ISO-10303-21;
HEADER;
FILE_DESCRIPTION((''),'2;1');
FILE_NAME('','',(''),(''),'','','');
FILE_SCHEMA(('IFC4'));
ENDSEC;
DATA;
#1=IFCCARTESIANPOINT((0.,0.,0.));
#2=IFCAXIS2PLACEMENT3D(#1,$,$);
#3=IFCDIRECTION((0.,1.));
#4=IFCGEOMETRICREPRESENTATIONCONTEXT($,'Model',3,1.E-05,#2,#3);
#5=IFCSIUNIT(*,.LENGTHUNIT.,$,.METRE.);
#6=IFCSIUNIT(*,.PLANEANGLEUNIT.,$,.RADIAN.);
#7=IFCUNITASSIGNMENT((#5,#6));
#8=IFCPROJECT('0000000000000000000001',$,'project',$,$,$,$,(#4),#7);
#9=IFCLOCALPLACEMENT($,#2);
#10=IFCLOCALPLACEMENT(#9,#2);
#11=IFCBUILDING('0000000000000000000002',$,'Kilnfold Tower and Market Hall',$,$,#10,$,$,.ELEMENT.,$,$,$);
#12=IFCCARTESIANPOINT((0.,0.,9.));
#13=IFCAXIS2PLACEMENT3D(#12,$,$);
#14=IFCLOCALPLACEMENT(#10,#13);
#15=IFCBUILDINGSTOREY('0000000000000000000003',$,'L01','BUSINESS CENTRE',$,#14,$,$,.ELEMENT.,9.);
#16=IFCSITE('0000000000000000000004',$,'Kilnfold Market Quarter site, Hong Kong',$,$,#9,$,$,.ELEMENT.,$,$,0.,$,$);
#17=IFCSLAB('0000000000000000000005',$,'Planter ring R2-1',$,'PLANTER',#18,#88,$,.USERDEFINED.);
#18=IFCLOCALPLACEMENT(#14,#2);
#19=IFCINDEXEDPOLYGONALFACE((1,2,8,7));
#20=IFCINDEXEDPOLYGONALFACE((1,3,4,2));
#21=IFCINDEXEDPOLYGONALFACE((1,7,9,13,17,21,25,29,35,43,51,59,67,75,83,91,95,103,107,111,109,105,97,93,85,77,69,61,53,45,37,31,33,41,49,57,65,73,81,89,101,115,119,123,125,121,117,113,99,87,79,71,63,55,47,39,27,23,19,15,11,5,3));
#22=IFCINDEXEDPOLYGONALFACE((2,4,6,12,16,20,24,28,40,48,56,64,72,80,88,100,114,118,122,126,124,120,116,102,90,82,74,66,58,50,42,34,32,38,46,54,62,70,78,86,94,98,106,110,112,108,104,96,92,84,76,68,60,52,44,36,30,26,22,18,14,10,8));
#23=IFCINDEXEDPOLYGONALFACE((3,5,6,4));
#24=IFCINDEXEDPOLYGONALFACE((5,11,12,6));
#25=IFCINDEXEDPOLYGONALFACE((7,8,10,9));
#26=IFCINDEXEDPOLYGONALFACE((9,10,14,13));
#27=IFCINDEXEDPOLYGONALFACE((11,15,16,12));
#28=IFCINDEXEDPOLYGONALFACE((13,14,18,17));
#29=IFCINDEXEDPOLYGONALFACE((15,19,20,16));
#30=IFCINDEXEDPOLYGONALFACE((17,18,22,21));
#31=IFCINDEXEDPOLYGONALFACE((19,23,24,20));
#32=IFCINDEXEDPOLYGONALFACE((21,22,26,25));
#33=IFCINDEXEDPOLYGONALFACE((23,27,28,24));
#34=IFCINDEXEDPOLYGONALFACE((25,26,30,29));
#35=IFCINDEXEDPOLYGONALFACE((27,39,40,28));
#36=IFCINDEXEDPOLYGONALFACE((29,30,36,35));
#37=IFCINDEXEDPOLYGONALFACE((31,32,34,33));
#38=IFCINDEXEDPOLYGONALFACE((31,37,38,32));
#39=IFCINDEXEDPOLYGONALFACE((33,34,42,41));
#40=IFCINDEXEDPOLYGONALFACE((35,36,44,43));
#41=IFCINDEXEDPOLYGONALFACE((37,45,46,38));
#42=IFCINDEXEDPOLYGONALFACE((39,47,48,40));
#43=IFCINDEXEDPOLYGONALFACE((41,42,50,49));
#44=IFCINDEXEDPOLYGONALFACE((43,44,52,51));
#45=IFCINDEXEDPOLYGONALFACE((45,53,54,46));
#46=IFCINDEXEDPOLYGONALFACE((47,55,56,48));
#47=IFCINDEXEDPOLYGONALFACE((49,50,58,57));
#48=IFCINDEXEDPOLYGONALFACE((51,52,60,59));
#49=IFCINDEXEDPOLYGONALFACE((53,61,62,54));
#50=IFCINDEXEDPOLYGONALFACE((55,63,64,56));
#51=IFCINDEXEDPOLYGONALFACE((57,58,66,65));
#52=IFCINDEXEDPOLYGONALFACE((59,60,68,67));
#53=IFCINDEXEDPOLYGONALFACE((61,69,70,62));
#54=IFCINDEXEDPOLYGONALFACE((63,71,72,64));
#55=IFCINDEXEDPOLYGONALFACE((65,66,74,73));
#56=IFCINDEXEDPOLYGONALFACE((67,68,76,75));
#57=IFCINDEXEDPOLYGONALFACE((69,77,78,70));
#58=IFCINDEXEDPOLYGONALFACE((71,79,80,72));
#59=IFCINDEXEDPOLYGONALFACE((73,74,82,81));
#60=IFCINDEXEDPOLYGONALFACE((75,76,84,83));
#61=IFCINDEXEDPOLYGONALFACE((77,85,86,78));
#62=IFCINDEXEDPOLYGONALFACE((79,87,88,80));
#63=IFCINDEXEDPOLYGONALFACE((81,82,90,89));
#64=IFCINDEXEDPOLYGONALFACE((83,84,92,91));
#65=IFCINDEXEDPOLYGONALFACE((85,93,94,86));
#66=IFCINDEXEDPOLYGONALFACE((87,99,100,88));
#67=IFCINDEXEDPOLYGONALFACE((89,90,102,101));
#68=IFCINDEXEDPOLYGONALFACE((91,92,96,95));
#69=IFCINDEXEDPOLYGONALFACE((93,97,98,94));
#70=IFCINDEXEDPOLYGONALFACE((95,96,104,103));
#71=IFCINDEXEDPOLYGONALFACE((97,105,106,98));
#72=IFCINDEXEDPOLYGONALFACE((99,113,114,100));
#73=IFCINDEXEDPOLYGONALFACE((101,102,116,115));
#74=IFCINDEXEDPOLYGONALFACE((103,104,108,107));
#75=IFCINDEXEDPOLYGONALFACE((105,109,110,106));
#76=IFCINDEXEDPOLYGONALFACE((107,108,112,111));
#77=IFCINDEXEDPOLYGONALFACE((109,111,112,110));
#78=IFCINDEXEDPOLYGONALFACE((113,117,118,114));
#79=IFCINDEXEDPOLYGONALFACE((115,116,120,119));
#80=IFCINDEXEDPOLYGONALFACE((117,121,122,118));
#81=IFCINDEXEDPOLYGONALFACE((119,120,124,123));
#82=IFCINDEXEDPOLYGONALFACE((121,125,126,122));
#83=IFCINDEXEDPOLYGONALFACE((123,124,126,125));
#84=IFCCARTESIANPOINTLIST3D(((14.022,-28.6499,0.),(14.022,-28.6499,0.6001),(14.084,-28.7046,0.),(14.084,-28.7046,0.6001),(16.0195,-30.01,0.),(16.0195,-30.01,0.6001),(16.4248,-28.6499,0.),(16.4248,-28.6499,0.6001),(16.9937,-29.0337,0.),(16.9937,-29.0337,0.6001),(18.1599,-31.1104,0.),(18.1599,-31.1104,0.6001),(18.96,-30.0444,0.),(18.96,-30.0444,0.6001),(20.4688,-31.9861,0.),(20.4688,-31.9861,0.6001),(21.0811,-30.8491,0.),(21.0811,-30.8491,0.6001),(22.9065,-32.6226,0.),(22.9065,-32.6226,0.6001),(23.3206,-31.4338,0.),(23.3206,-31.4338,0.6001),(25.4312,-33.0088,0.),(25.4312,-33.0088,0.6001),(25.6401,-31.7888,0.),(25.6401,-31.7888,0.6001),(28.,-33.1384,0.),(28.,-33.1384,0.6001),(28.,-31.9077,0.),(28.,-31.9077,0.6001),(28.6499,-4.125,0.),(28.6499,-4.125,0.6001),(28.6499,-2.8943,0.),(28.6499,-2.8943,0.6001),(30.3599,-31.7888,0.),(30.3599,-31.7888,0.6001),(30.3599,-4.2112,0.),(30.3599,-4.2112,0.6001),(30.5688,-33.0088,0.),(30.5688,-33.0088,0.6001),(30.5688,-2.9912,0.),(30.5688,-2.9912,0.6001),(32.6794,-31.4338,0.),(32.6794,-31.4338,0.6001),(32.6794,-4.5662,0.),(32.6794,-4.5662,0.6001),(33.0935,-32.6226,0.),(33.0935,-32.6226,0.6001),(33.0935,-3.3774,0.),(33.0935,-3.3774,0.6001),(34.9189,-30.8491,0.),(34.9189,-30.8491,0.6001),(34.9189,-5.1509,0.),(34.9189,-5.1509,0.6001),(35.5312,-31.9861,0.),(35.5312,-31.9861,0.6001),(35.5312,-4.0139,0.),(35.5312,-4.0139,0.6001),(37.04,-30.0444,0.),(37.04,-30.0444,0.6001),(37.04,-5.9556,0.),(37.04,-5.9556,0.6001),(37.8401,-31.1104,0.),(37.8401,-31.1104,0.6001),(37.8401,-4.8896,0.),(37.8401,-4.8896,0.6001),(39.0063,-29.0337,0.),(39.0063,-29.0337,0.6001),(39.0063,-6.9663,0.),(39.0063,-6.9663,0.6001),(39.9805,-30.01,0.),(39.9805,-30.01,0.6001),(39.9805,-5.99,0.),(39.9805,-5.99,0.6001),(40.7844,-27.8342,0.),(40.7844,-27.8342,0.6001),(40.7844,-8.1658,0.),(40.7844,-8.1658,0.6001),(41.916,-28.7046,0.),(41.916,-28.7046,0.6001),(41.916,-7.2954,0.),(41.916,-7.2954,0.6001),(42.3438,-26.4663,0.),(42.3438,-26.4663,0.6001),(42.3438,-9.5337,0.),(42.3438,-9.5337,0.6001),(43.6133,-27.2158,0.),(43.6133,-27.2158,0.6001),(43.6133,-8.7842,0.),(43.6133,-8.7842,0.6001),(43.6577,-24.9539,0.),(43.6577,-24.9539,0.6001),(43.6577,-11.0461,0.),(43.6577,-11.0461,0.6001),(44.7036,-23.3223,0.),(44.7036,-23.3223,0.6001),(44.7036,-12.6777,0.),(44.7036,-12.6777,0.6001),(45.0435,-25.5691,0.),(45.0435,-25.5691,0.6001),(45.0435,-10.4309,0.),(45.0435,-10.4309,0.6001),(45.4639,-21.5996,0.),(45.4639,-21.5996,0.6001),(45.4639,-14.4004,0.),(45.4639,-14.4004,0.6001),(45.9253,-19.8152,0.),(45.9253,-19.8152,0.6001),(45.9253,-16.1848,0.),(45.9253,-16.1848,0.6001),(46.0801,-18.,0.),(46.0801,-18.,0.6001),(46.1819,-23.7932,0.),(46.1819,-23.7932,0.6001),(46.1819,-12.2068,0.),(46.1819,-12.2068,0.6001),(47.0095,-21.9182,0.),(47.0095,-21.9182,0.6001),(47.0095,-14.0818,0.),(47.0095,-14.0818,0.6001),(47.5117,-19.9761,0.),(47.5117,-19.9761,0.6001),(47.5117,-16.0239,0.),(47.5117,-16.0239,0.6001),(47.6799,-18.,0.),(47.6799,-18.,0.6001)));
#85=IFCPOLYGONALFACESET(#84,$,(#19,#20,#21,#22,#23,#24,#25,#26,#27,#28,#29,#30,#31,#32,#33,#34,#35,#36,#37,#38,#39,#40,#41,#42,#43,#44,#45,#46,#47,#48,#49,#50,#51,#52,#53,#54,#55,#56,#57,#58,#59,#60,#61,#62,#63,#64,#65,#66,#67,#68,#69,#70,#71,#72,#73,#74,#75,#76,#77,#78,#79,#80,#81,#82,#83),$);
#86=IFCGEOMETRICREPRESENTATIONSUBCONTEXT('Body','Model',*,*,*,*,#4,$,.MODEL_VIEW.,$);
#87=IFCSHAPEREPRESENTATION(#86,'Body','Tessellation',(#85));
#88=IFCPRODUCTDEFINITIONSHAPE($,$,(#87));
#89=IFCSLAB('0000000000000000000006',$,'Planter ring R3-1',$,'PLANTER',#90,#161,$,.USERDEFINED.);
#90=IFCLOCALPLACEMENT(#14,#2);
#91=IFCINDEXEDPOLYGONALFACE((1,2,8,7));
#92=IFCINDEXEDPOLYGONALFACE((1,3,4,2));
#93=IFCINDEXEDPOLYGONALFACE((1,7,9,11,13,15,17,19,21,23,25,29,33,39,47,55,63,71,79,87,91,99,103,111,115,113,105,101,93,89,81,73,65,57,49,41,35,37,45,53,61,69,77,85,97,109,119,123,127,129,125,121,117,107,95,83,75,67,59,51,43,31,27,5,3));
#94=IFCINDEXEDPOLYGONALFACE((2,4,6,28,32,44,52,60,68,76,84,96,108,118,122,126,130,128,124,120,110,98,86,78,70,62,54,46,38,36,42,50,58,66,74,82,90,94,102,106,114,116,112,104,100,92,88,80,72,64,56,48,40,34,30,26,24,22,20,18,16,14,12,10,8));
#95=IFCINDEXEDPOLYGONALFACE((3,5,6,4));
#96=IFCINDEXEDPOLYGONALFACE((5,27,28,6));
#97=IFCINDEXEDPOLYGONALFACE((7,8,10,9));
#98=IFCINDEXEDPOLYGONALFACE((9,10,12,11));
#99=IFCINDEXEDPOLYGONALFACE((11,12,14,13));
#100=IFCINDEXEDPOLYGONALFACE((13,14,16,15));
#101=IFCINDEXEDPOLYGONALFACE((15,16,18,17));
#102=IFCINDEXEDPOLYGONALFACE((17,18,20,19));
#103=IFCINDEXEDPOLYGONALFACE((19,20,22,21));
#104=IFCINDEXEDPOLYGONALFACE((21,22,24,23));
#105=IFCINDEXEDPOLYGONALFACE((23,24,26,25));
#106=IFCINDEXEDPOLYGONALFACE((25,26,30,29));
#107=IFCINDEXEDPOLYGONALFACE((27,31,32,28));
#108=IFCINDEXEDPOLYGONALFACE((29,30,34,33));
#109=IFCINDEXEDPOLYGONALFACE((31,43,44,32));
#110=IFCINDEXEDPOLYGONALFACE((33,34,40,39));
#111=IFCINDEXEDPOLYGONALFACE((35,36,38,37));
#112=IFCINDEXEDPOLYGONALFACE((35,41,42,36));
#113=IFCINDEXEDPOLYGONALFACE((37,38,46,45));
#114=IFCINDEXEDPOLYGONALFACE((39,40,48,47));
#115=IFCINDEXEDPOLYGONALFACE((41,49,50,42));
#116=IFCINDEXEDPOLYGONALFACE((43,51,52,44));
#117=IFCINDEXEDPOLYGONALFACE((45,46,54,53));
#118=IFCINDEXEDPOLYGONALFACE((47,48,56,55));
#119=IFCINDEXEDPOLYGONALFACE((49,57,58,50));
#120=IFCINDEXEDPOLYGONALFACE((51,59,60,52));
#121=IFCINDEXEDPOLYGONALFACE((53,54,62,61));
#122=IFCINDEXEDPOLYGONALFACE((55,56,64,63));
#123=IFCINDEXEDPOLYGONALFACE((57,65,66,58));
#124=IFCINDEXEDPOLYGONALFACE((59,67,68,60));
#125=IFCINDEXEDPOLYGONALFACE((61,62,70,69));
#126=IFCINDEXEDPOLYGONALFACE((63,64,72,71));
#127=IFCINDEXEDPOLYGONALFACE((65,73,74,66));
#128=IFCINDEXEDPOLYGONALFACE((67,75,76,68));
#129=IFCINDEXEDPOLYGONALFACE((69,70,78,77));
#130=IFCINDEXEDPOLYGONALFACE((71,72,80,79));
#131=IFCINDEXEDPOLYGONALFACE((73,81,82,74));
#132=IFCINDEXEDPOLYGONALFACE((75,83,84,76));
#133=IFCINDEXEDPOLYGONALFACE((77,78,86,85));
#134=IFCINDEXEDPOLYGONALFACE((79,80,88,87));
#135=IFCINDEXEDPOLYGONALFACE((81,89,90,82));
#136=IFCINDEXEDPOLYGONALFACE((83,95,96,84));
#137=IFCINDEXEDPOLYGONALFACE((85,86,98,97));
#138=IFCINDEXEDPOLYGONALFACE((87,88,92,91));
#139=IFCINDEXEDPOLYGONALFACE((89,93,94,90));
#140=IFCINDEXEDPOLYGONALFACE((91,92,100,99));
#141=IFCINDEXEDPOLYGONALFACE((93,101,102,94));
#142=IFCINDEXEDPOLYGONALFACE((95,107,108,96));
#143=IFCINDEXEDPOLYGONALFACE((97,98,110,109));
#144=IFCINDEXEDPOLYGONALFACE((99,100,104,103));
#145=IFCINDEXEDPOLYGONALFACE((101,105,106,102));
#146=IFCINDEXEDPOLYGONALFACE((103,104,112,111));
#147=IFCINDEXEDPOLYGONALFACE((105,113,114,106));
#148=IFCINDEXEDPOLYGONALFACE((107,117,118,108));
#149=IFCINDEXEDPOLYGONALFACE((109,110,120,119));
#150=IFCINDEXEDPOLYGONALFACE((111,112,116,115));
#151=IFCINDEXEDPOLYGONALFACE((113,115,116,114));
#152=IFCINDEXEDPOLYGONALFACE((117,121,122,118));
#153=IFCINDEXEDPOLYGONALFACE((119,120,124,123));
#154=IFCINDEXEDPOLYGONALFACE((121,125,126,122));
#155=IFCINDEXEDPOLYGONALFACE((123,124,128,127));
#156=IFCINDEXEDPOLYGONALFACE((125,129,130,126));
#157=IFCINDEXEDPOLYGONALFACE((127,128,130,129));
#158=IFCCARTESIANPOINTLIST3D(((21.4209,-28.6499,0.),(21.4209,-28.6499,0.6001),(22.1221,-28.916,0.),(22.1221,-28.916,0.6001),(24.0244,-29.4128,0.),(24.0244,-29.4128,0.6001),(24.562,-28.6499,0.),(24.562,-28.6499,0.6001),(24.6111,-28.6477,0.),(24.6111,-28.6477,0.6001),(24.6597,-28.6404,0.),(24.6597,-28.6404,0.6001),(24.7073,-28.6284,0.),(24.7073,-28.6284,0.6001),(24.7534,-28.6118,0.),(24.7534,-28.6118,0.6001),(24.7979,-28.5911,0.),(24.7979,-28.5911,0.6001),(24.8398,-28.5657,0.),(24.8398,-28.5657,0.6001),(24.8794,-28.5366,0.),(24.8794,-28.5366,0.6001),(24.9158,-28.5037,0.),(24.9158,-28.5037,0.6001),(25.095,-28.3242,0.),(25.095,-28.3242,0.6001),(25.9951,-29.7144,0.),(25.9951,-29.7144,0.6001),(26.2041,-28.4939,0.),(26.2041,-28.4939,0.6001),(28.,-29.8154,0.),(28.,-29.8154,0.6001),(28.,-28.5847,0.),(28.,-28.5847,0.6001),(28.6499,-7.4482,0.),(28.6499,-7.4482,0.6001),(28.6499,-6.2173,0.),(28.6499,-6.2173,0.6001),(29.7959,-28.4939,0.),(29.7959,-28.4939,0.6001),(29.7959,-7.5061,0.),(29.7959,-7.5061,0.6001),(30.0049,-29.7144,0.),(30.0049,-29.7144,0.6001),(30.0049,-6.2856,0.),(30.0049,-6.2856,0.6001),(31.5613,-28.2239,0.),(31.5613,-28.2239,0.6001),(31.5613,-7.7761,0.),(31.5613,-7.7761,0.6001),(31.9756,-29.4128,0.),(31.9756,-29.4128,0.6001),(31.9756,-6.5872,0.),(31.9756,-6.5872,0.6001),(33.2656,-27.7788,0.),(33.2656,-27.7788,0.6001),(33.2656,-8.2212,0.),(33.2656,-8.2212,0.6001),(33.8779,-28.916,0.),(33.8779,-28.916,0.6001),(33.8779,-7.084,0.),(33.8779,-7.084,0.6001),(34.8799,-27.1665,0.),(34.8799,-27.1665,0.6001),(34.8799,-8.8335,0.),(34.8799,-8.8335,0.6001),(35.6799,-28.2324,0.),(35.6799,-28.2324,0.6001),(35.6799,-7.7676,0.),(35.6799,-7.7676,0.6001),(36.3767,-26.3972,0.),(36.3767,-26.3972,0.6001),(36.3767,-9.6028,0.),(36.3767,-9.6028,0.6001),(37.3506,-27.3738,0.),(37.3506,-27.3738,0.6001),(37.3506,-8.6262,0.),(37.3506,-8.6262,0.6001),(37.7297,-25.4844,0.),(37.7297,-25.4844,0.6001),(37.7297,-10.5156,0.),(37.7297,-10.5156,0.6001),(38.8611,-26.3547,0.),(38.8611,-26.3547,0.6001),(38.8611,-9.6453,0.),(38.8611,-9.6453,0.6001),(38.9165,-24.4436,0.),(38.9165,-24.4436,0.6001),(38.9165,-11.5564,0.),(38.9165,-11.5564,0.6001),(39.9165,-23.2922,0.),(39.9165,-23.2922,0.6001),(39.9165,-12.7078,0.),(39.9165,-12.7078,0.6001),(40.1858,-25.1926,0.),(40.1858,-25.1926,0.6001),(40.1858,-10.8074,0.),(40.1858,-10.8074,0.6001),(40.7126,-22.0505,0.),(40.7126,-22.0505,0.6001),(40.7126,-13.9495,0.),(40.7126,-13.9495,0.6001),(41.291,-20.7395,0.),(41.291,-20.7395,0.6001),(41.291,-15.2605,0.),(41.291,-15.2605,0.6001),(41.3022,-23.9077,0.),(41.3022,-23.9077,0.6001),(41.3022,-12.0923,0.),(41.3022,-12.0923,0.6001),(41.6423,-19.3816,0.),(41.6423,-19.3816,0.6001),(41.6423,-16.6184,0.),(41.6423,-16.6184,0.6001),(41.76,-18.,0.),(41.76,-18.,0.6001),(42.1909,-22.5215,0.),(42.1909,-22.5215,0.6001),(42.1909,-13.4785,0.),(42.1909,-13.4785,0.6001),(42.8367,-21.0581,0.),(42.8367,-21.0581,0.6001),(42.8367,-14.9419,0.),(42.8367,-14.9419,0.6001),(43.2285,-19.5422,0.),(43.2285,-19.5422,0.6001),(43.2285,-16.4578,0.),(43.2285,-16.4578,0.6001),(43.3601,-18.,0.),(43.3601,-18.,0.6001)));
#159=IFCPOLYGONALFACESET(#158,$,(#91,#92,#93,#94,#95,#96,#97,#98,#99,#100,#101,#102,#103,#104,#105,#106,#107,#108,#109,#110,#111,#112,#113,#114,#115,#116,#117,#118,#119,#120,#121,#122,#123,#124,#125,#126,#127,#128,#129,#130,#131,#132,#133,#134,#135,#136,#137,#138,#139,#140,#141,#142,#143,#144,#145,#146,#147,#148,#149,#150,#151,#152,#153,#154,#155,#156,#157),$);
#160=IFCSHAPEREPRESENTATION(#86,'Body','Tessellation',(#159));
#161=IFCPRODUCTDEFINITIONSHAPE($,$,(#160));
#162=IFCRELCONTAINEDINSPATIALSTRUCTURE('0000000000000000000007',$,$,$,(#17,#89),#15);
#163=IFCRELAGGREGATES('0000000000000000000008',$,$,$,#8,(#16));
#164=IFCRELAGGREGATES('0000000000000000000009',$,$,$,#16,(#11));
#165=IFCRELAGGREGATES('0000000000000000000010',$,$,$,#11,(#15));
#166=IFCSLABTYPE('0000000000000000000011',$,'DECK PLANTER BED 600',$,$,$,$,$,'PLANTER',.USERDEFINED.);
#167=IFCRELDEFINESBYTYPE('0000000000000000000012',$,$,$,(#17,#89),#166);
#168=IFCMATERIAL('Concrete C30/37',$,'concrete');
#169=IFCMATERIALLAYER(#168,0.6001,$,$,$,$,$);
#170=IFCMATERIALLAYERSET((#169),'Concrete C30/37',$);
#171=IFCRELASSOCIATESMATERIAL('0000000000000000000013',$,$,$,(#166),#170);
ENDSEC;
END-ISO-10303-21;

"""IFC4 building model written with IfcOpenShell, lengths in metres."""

from ifc_helpers import new_model, si_unit, direction, frame, origin, place, context, subcontext, project, spatial, polyline, outline, extrude, source, transform, mapped, material, layer, layer_set, type_object, element, save


model = new_model("IFC4")

# Units and contexts
model_context = context("Model", 3, precision=1e-05, world=origin(), true_north=direction((0.0, 1.0)))
body_context = subcontext(model_context, "Body", "Model", "MODEL_VIEW")
ifc_project = project(units=[si_unit("LENGTHUNIT", "METRE"), si_unit("PLANEANGLEUNIT", "RADIAN")], contexts=[model_context])

# Site, building, storey
site_placement = place(None, origin())
site = spatial("IfcSite", under=ifc_project, at=site_placement, Name="Kilnfold Market Quarter site, Hong Kong", CompositionType="ELEMENT", RefElevation=0.0)
building_placement = place(site_placement, origin())
building = spatial("IfcBuilding", under=site, at=building_placement, Name="Kilnfold Tower and Market Hall", CompositionType="ELEMENT")
storey_placement = place(building_placement, frame((0.0, 0.0, 9.0)))
storey = spatial("IfcBuildingStorey", under=building, at=storey_placement, Name="L01", Description="BUSINESS CENTRE", CompositionType="ELEMENT", Elevation=9.0)

# Slabs
ifc_material_1 = material(Name="Concrete C30/37", Category="concrete")
ifc_layer_1 = layer(ifc_material_1, 0.6001)
ifc_layer_set_1 = layer_set([ifc_layer_1], Name="Concrete C30/37")
slab_type_1 = type_object("IfcSlabType", Name="DECK PLANTER BED 600", ElementType="PLANTER", PredefinedType="USERDEFINED", material=ifc_layer_set_1)
shared_shape_1 = source(origin(), body_context, "Body", "SweptSolid", [
    extrude(outline(polyline([(28.0, -33.1384), (30.5688, -33.0088), (33.0935, -32.6226), (35.5312, -31.9861), (37.8401, -31.1104), (39.9805, -30.01), (41.916, -28.7046), (43.6133, -27.2158), (45.0435, -25.5691), (46.1819, -23.7932), (47.0095, -21.9182), (47.5117, -19.9761), (47.6799, -18.0), (47.5117, -16.0239), (47.0095, -14.0818), (46.1819, -12.2068), (45.0435, -10.4309), (43.6133, -8.7842), (41.916, -7.2954), (39.9805, -5.99), (37.8401, -4.8896), (35.5312, -4.0139), (33.0935, -3.3774), (30.5688, -2.9912), (28.6499, -2.8943), (28.6499, -4.125), (30.3599, -4.2112), (32.6794, -4.5662), (34.9189, -5.1509), (37.04, -5.9556), (39.0063, -6.9663), (40.7844, -8.1658), (42.3438, -9.5337), (43.6577, -11.0461), (44.7036, -12.6777), (45.4639, -14.4004), (45.9253, -16.1848), (46.0801, -18.0), (45.9253, -19.8152), (45.4639, -21.5996), (44.7036, -23.3223), (43.6577, -24.9539), (42.3438, -26.4663), (40.7844, -27.8342), (39.0063, -29.0337), (37.04, -30.0444), (34.9189, -30.8491), (32.6794, -31.4338), (30.3599, -31.7888), (28.0, -31.9077), (25.6401, -31.7888), (23.3206, -31.4338), (21.0811, -30.8491), (18.96, -30.0444), (16.9937, -29.0337), (16.4248, -28.6499), (14.022, -28.6499), (14.084, -28.7046), (16.0195, -30.01), (18.1599, -31.1104), (20.4688, -31.9861), (22.9065, -32.6226), (25.4312, -33.0088), (28.0, -33.1384)])), origin(), (0.0, 0.0, 1.0), 0.6001),
])
slab_1_placement = place(storey_placement, origin())
element("IfcSlab", 1, at=slab_1_placement, inside=storey, type_object=slab_type_1, Name="Planter ring R2-1", ObjectType="PLANTER", PredefinedType="USERDEFINED", context=body_context, shape_type="MappedRepresentation", body=[
    mapped(shared_shape_1, transform((0.0, 0.0, 0.0))),
])
shared_shape_2 = source(origin(), body_context, "Body", "SweptSolid", [
    extrude(outline(polyline([(28.0, -29.8154), (30.0049, -29.7144), (31.9756, -29.4128), (33.8779, -28.916), (35.6799, -28.2324), (37.3506, -27.3738), (38.8611, -26.3547), (40.1858, -25.1926), (41.3022, -23.9077), (42.1909, -22.5215), (42.8367, -21.0581), (43.2285, -19.5422), (43.3601, -18.0), (43.2285, -16.4578), (42.8367, -14.9419), (42.1909, -13.4785), (41.3022, -12.0923), (40.1858, -10.8074), (38.8611, -9.6453), (37.3506, -8.6262), (35.6799, -7.7676), (33.8779, -7.084), (31.9756, -6.5872), (30.0049, -6.2856), (28.6499, -6.2173), (28.6499, -7.4482), (29.7959, -7.5061), (31.5613, -7.7761), (33.2656, -8.2212), (34.8799, -8.8335), (36.3767, -9.6028), (37.7297, -10.5156), (38.9165, -11.5564), (39.9165, -12.7078), (40.7126, -13.9495), (41.291, -15.2605), (41.6423, -16.6184), (41.76, -18.0), (41.6423, -19.3816), (41.291, -20.7395), (40.7126, -22.0505), (39.9165, -23.2922), (38.9165, -24.4436), (37.7297, -25.4844), (36.3767, -26.3972), (34.8799, -27.1665), (33.2656, -27.7788), (31.5613, -28.2239), (29.7959, -28.4939), (28.0, -28.5847), (26.2041, -28.4939), (25.095, -28.3242), (24.9158, -28.5037), (24.8794, -28.5366), (24.8398, -28.5657), (24.7979, -28.5911), (24.7534, -28.6118), (24.7073, -28.6284), (24.6597, -28.6404), (24.6111, -28.6477), (24.562, -28.6499), (21.4209, -28.6499), (22.1221, -28.916), (24.0244, -29.4128), (25.9951, -29.7144), (28.0, -29.8154)])), origin(), (0.0, 0.0, 1.0), 0.6001),
])
slab_2_placement = place(storey_placement, origin())
element("IfcSlab", 2, at=slab_2_placement, inside=storey, type_object=slab_type_1, Name="Planter ring R3-1", ObjectType="PLANTER", PredefinedType="USERDEFINED", context=body_context, shape_type="MappedRepresentation", body=[
    mapped(shared_shape_2, transform((0.0, 0.0, 0.0))),
])

save(model, "model.ifc")
